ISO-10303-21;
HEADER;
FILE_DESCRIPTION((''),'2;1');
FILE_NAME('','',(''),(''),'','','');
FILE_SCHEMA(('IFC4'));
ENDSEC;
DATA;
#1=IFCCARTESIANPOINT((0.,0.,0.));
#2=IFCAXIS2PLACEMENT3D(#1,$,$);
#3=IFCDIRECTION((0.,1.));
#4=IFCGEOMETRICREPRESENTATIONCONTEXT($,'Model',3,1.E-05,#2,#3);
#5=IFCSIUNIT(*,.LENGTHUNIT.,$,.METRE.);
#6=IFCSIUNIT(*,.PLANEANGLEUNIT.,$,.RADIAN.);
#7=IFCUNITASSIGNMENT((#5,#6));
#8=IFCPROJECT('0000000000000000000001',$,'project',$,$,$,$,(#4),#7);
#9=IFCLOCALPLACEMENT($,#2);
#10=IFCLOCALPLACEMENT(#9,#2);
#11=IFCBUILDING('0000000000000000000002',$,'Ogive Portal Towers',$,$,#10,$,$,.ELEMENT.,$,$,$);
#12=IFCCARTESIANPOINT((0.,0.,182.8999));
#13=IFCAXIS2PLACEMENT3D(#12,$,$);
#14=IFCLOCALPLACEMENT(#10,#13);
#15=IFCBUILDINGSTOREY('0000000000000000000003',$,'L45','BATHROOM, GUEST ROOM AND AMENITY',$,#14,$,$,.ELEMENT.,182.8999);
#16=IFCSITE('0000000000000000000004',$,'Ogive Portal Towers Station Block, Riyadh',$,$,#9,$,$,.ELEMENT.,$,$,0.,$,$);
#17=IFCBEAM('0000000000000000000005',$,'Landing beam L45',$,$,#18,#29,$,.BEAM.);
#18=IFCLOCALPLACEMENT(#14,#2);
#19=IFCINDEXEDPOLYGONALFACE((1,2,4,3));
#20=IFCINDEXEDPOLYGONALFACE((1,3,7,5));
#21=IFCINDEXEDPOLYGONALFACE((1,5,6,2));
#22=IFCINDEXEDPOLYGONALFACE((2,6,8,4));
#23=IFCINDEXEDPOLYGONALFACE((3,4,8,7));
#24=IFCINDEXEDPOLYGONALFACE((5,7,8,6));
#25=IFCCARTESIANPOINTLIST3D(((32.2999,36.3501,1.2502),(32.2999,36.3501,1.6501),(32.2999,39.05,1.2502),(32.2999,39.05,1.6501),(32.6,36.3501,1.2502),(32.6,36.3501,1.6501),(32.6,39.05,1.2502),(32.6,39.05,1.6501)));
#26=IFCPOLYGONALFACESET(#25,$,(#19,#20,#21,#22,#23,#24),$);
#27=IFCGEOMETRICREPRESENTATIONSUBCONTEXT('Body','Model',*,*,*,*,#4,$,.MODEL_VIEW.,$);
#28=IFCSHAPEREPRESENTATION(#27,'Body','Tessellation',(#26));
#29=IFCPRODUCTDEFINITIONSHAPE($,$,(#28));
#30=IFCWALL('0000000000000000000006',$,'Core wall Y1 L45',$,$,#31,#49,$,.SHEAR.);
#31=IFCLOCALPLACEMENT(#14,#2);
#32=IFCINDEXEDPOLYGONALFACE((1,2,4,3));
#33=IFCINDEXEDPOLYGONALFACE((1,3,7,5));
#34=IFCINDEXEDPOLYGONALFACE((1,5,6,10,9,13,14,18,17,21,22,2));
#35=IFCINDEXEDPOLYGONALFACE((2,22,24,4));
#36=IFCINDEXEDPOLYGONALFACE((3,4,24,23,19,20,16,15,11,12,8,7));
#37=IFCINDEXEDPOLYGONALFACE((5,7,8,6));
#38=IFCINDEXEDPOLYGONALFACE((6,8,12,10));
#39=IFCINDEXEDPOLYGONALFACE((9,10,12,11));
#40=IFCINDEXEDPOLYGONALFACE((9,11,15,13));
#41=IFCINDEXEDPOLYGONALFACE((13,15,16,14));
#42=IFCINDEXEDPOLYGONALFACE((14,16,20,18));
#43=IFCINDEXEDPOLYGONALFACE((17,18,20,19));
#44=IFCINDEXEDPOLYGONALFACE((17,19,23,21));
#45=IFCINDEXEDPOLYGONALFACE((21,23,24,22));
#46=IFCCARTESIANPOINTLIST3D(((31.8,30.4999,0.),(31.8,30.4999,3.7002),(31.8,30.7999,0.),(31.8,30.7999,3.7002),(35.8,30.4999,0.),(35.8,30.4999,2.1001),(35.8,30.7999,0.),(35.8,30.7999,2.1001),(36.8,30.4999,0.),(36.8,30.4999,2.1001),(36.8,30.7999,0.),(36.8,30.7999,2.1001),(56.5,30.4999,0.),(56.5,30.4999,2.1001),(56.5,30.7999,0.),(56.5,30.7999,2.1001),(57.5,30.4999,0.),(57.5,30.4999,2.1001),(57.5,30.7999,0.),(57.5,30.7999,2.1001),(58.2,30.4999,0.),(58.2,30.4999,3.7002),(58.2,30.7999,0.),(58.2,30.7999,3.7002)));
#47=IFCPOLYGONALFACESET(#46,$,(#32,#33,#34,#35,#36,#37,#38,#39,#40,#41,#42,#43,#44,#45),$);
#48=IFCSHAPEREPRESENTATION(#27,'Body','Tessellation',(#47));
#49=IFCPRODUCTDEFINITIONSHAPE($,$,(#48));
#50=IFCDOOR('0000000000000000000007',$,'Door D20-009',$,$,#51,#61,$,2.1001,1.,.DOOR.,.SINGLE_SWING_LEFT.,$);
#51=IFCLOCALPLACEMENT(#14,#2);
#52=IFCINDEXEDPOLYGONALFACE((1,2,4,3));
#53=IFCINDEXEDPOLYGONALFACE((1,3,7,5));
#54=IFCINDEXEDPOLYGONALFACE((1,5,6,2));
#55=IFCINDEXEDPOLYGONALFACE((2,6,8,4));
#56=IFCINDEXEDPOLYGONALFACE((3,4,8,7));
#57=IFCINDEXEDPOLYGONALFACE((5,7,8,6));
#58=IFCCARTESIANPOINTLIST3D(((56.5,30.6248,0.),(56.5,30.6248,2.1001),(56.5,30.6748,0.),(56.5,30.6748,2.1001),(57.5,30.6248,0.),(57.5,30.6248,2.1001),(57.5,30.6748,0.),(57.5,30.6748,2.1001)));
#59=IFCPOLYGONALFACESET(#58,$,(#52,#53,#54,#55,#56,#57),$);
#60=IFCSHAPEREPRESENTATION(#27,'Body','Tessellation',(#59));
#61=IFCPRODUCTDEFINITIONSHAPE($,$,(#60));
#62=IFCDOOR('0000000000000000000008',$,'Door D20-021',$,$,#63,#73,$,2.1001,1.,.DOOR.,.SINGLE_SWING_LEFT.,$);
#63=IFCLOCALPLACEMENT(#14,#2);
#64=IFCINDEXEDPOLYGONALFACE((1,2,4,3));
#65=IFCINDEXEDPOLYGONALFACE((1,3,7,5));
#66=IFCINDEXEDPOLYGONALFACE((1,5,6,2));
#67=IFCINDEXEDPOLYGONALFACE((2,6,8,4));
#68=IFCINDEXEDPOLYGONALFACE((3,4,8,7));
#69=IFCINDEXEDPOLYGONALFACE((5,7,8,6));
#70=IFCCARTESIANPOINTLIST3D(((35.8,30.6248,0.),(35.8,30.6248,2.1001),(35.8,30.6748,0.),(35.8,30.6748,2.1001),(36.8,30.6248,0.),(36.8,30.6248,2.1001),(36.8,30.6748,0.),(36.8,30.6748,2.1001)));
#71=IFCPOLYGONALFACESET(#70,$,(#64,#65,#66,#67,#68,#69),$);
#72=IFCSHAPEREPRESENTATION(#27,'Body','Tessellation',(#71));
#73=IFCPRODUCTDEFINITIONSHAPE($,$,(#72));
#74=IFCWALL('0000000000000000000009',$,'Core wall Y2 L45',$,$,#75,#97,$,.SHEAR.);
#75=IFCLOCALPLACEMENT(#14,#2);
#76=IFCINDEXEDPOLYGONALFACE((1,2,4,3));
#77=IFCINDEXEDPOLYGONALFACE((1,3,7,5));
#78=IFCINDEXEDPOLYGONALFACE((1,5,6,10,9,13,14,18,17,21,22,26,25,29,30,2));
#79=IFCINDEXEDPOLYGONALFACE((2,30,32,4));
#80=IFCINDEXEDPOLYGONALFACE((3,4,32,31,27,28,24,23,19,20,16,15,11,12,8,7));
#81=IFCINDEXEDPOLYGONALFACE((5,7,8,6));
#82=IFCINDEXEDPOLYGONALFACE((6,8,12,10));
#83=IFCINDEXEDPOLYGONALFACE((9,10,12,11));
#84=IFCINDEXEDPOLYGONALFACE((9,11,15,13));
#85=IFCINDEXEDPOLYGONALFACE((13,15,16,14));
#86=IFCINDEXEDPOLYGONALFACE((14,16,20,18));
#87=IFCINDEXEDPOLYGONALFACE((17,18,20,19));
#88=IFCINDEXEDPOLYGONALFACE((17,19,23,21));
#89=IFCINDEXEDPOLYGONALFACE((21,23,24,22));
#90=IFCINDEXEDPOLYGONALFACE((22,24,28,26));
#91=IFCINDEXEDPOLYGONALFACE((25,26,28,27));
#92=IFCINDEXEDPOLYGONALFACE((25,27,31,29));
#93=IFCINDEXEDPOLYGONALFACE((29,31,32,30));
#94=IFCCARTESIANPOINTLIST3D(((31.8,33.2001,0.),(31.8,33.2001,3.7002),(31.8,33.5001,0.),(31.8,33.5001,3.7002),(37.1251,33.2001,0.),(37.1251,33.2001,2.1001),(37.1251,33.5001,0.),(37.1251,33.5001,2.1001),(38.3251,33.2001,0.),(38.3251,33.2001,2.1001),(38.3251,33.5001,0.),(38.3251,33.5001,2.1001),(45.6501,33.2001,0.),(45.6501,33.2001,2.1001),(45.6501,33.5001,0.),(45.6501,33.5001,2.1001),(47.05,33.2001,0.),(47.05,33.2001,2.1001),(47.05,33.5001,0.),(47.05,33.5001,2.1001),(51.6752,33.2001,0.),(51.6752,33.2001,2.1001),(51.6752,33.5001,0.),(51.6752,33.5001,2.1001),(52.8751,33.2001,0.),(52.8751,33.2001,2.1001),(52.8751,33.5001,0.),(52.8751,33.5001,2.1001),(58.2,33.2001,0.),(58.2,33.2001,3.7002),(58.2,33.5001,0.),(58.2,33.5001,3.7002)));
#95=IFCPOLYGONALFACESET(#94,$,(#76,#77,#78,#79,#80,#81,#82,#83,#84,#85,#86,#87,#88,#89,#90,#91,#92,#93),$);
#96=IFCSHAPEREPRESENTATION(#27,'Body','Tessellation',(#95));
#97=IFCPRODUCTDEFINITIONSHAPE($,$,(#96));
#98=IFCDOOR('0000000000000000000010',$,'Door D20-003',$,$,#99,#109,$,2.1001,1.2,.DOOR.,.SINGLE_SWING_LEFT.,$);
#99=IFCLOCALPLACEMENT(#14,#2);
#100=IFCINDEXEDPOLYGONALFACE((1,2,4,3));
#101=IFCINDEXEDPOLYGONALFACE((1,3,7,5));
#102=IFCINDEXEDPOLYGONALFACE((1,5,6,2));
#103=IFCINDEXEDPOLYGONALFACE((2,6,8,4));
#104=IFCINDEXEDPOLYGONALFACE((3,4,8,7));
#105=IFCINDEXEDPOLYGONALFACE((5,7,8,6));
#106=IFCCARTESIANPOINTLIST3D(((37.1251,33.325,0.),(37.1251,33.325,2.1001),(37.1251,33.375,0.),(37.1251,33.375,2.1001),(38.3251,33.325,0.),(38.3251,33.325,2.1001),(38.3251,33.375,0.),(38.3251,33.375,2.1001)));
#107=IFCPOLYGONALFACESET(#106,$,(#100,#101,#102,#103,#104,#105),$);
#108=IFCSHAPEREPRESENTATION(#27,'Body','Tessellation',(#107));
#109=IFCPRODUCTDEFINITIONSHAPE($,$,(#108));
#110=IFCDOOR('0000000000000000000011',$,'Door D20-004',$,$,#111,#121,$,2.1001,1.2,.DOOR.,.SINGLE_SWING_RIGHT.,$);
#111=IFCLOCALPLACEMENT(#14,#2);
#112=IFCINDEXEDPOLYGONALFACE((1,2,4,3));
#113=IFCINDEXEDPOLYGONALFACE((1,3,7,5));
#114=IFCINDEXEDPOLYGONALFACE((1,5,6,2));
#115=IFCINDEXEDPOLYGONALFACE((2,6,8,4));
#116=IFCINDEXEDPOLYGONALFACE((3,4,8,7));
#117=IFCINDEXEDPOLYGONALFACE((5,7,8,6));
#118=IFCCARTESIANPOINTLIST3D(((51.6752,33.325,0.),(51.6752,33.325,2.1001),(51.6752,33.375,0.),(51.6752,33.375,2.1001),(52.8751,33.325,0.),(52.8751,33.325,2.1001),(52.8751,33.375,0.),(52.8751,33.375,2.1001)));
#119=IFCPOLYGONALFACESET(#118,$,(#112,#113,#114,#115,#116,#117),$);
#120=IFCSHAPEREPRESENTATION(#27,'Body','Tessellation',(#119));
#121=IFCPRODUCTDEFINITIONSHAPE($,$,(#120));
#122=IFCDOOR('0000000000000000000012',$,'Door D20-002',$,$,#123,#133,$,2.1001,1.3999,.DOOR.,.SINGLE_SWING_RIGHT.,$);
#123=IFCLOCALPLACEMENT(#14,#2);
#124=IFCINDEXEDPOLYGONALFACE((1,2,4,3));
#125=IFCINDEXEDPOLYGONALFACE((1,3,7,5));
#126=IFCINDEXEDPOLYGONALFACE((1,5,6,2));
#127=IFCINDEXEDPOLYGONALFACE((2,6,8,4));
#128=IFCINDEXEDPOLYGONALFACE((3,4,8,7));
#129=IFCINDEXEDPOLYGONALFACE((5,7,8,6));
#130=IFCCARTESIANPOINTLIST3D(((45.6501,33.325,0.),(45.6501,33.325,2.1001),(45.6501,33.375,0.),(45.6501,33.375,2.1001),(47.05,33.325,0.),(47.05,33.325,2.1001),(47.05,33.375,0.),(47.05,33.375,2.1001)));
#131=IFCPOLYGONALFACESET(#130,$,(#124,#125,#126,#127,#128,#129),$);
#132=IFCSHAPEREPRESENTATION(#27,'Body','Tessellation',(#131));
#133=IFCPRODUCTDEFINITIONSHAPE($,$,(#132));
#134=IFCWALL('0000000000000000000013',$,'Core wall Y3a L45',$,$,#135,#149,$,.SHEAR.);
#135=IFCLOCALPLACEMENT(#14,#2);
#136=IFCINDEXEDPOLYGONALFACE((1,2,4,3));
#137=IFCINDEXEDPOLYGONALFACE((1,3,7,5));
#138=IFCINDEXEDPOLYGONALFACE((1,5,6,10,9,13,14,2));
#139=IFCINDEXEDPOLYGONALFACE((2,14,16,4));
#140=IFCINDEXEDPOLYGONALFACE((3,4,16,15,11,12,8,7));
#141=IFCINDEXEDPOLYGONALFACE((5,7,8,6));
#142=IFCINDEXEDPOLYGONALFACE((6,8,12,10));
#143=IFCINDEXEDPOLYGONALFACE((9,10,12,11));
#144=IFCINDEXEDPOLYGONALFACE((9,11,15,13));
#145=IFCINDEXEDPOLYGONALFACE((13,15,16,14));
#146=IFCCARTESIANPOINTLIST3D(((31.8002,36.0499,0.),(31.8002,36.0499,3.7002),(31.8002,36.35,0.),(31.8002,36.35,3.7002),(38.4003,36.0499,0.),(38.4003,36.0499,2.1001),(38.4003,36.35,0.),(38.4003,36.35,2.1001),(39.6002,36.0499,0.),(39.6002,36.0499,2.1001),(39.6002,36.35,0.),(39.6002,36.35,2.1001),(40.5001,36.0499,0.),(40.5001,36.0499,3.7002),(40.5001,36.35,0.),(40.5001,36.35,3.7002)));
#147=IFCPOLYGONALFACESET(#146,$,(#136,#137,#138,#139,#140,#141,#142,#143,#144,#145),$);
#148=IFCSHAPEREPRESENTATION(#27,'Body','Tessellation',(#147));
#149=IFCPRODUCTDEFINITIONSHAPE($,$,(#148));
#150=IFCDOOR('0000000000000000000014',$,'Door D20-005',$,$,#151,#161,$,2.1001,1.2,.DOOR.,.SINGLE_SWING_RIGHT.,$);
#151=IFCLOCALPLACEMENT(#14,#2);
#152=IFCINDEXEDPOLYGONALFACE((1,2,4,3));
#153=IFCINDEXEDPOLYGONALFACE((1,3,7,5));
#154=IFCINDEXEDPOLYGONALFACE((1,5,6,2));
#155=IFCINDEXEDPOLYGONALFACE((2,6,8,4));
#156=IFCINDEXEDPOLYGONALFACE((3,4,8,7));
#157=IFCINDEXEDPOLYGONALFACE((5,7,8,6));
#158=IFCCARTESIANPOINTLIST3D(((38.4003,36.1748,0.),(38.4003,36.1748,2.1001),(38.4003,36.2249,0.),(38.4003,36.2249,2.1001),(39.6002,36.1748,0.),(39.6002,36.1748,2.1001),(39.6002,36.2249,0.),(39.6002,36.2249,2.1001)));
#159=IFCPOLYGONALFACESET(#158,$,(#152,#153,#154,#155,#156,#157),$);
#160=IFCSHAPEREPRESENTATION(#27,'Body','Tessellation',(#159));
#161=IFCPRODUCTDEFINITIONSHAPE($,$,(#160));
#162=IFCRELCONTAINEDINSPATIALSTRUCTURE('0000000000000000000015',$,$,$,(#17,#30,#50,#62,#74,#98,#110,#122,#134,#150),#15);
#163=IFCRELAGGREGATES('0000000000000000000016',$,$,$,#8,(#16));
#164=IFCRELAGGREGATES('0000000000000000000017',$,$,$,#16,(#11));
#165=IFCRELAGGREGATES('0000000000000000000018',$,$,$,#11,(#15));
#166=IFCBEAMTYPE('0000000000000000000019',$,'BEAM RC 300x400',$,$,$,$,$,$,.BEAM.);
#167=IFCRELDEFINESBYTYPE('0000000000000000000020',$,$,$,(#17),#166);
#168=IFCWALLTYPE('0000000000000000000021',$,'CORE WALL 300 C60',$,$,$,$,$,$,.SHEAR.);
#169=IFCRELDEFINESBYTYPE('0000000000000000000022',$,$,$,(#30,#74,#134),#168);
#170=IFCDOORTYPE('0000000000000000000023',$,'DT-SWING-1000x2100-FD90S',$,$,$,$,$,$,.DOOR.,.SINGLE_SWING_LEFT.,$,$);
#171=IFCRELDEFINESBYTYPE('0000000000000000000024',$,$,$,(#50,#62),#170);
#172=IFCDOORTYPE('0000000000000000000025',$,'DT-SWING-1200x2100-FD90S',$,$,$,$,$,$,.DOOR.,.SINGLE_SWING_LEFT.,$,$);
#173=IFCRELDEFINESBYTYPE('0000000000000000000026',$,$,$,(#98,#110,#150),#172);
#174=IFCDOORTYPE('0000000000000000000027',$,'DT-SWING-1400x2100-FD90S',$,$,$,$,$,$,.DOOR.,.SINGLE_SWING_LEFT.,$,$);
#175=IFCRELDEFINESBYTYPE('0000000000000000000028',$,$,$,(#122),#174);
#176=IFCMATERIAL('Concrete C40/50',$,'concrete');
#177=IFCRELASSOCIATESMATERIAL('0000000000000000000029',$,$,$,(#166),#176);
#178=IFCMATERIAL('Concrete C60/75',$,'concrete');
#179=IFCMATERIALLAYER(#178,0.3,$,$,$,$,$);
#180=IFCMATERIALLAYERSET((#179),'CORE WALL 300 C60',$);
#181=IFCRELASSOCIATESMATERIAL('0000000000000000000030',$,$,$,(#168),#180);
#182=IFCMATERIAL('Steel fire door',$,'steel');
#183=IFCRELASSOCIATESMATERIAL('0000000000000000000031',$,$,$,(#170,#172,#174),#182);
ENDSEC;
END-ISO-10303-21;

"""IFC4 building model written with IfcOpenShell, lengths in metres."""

from ifc_helpers import new_model, si_unit, direction, frame, frame_2d, origin, origin_2d, place, context, subcontext, project, spatial, rectangle, extrude, material, layer, layer_set, material_profile, profile_set, type_object, element, fill, save


model = new_model("IFC4")

# Units and contexts
model_context = context("Model", 3, precision=1e-05, world=origin(), true_north=direction((0.0, 1.0)))
body_context = subcontext(model_context, "Body", "Model", "MODEL_VIEW")
ifc_project = project(units=[si_unit("LENGTHUNIT", "METRE"), si_unit("PLANEANGLEUNIT", "RADIAN")], contexts=[model_context])

# Site, building, storey
site_placement = place(None, origin())
site = spatial("IfcSite", under=ifc_project, at=site_placement, Name="Ogive Portal Towers Station Block, Riyadh", CompositionType="ELEMENT", RefElevation=0.0)
building_placement = place(site_placement, origin())
building = spatial("IfcBuilding", under=site, at=building_placement, Name="Ogive Portal Towers", CompositionType="ELEMENT")
storey_placement = place(building_placement, frame((0.0, 0.0, 182.8999)))
storey = spatial("IfcBuildingStorey", under=building, at=storey_placement, Name="L45", Description="BATHROOM, GUEST ROOM AND AMENITY", CompositionType="ELEMENT", Elevation=182.8999)

# Beam
ifc_material_1 = material(Name="Concrete C40/50", Category="concrete")
ifc_material_profile = material_profile(ifc_material_1, rectangle(XDim=0.3, YDim=0.3999, at=origin_2d()), Name="RC 300x400")
ifc_profile_set = profile_set([ifc_material_profile], Name="Concrete C40/50")
beam_type = type_object("IfcBeamType", Name="BEAM RC 300x400", PredefinedType="BEAM", material=ifc_profile_set)
beam_placement = place(storey_placement, frame((32.45, 36.3501, 1.4502), z_axis=(0.0, 1.0, 0.0), x_axis=(-1.0, 0.0, 0.0)))
element("IfcBeam", 1, at=beam_placement, inside=storey, type_object=beam_type, Name="Landing beam L45", PredefinedType="BEAM", context=body_context, shape_type="SweptSolid", body=[
    extrude(rectangle(XDim=0.3, YDim=0.3999, at=origin_2d()), origin(), (0.0, 0.0, 1.0), 2.7),
])

# Walls, openings, doors
ifc_material_2 = material(Name="Concrete C60/75", Category="concrete")
ifc_layer_1 = layer(ifc_material_2, 0.3)
ifc_layer_set_1 = layer_set([ifc_layer_1], Name="CORE WALL 300 C60")
wall_type_1 = type_object("IfcWallType", Name="CORE WALL 300 C60", PredefinedType="SHEAR", material=ifc_layer_set_1)
wall_1_placement = place(storey_placement, frame((31.8, 30.6499, 0.0), z_axis=(0.0, 0.0, 1.0), x_axis=(1.0, 0.0, 0.0)))
wall_1 = element("IfcWall", 2, at=wall_1_placement, inside=storey, type_object=wall_type_1, Name="Core wall Y1 L45", PredefinedType="SHEAR", context=body_context, shape_type="SweptSolid", body=[
    extrude(rectangle(XDim=26.3999, YDim=0.3, at=frame_2d((13.2, 0.0))), origin(), (0.0, 0.0, 1.0), 3.7002),
])
opening_1_placement = place(wall_1_placement, frame((24.7, 0.0, 0.0)))
opening_1 = element("IfcOpeningElement", 3, at=opening_1_placement, cuts=wall_1, PredefinedType="OPENING", context=body_context, shape_type="SweptSolid", body=[
    extrude(rectangle(XDim=1.0, YDim=2.1001, at=frame_2d((0.5, 1.05))), frame((0.0, 0.1602, 0.0), z_axis=(0.0, -1.0, 0.0), x_axis=(1.0, 0.0, 0.0)), (0.0, 0.0, 1.0), 0.3201),
])
opening_2_placement = place(wall_1_placement, frame((4.0, 0.0, 0.0)))
opening_2 = element("IfcOpeningElement", 4, at=opening_2_placement, cuts=wall_1, PredefinedType="OPENING", context=body_context, shape_type="SweptSolid", body=[
    extrude(rectangle(XDim=1.0, YDim=2.1001, at=frame_2d((0.5, 1.05))), frame((0.0, 0.1602, 0.0), z_axis=(0.0, -1.0, 0.0), x_axis=(1.0, 0.0, 0.0)), (0.0, 0.0, 1.0), 0.3201),
])
ifc_material_3 = material(Name="Steel fire door", Category="steel")
door_type_1 = type_object("IfcDoorType", Name="DT-SWING-1000x2100-FD90S", OperationType="SINGLE_SWING_LEFT", PredefinedType="DOOR", material=ifc_material_3)
door_1_placement = place(opening_1_placement, origin())
door_1 = element("IfcDoor", 5, at=door_1_placement, inside=storey, type_object=door_type_1, Name="Door D20-009", OperationType="SINGLE_SWING_LEFT", OverallHeight=2.1001, OverallWidth=1.0, PredefinedType="DOOR", context=body_context, shape_type="SweptSolid", body=[
    extrude(rectangle(XDim=1.0, YDim=2.1001, at=frame_2d((0.5, 1.05))), frame((0.0, 0.0249, 0.0), z_axis=(0.0, -1.0, 0.0), x_axis=(1.0, 0.0, 0.0)), (0.0, 0.0, 1.0), 0.05),
])
fill(opening_1, door_1)
door_2_placement = place(opening_2_placement, origin())
door_2 = element("IfcDoor", 6, at=door_2_placement, inside=storey, type_object=door_type_1, Name="Door D20-021", OperationType="SINGLE_SWING_LEFT", OverallHeight=2.1001, OverallWidth=1.0, PredefinedType="DOOR", context=body_context, shape_type="SweptSolid", body=[
    extrude(rectangle(XDim=1.0, YDim=2.1001, at=frame_2d((0.5, 1.05))), frame((0.0, 0.0249, 0.0), z_axis=(0.0, -1.0, 0.0), x_axis=(1.0, 0.0, 0.0)), (0.0, 0.0, 1.0), 0.05),
])
fill(opening_2, door_2)
wall_2_placement = place(storey_placement, frame((31.8, 33.3501, 0.0), z_axis=(0.0, 0.0, 1.0), x_axis=(1.0, 0.0, 0.0)))
wall_2 = element("IfcWall", 7, at=wall_2_placement, inside=storey, type_object=wall_type_1, Name="Core wall Y2 L45", PredefinedType="SHEAR", context=body_context, shape_type="SweptSolid", body=[
    extrude(rectangle(XDim=26.3999, YDim=0.3, at=frame_2d((13.2, 0.0))), origin(), (0.0, 0.0, 1.0), 3.7002),
])
opening_3_placement = place(wall_2_placement, frame((13.8501, 0.0, 0.0)))
opening_3 = element("IfcOpeningElement", 8, at=opening_3_placement, cuts=wall_2, PredefinedType="OPENING", context=body_context, shape_type="SweptSolid", body=[
    extrude(rectangle(XDim=1.3999, YDim=2.1001, at=frame_2d((0.7, 1.05))), frame((0.0, 0.1602, 0.0), z_axis=(0.0, -1.0, 0.0), x_axis=(1.0, 0.0, 0.0)), (0.0, 0.0, 1.0), 0.3201),
])
opening_4_placement = place(wall_2_placement, frame((5.325, 0.0, 0.0)))
opening_4 = element("IfcOpeningElement", 9, at=opening_4_placement, cuts=wall_2, PredefinedType="OPENING", context=body_context, shape_type="SweptSolid", body=[
    extrude(rectangle(XDim=1.2, YDim=2.1001, at=frame_2d((0.6001, 1.05))), frame((0.0, 0.1602, 0.0), z_axis=(0.0, -1.0, 0.0), x_axis=(1.0, 0.0, 0.0)), (0.0, 0.0, 1.0), 0.3201),
])
opening_5_placement = place(wall_2_placement, frame((19.875, 0.0, 0.0)))
opening_5 = element("IfcOpeningElement", 10, at=opening_5_placement, cuts=wall_2, PredefinedType="OPENING", context=body_context, shape_type="SweptSolid", body=[
    extrude(rectangle(XDim=1.2, YDim=2.1001, at=frame_2d((0.6001, 1.05))), frame((0.0, 0.1602, 0.0), z_axis=(0.0, -1.0, 0.0), x_axis=(1.0, 0.0, 0.0)), (0.0, 0.0, 1.0), 0.3201),
])
door_type_2 = type_object("IfcDoorType", Name="DT-SWING-1200x2100-FD90S", OperationType="SINGLE_SWING_LEFT", PredefinedType="DOOR", material=ifc_material_3)
door_3_placement = place(opening_4_placement, origin())
door_3 = element("IfcDoor", 11, at=door_3_placement, inside=storey, type_object=door_type_2, Name="Door D20-003", OperationType="SINGLE_SWING_LEFT", OverallHeight=2.1001, OverallWidth=1.2, PredefinedType="DOOR", context=body_context, shape_type="SweptSolid", body=[
    extrude(rectangle(XDim=1.2, YDim=2.1001, at=frame_2d((0.6001, 1.05))), frame((0.0, 0.0249, 0.0), z_axis=(0.0, -1.0, 0.0), x_axis=(1.0, 0.0, 0.0)), (0.0, 0.0, 1.0), 0.05),
])
fill(opening_4, door_3)
door_4_placement = place(opening_5_placement, origin())
door_4 = element("IfcDoor", 12, at=door_4_placement, inside=storey, type_object=door_type_2, Name="Door D20-004", OperationType="SINGLE_SWING_RIGHT", OverallHeight=2.1001, OverallWidth=1.2, PredefinedType="DOOR", context=body_context, shape_type="SweptSolid", body=[
    extrude(rectangle(XDim=1.2, YDim=2.1001, at=frame_2d((0.6001, 1.05))), frame((0.0, 0.0249, 0.0), z_axis=(0.0, -1.0, 0.0), x_axis=(1.0, 0.0, 0.0)), (0.0, 0.0, 1.0), 0.05),
])
fill(opening_5, door_4)
door_type_3 = type_object("IfcDoorType", Name="DT-SWING-1400x2100-FD90S", OperationType="SINGLE_SWING_LEFT", PredefinedType="DOOR", material=ifc_material_3)
door_5_placement = place(opening_3_placement, origin())
door_5 = element("IfcDoor", 13, at=door_5_placement, inside=storey, type_object=door_type_3, Name="Door D20-002", OperationType="SINGLE_SWING_RIGHT", OverallHeight=2.1001, OverallWidth=1.3999, PredefinedType="DOOR", context=body_context, shape_type="SweptSolid", body=[
    extrude(rectangle(XDim=1.3999, YDim=2.1001, at=frame_2d((0.7, 1.05))), frame((0.0, 0.0249, 0.0), z_axis=(0.0, -1.0, 0.0), x_axis=(1.0, 0.0, 0.0)), (0.0, 0.0, 1.0), 0.05),
])
fill(opening_3, door_5)

# Wall, opening, door
wall_3_placement = place(storey_placement, frame((31.8, 36.2, 0.0), z_axis=(0.0, 0.0, 1.0), x_axis=(1.0, 0.0, 0.0)))
wall_3 = element("IfcWall", 14, at=wall_3_placement, inside=storey, type_object=wall_type_1, Name="Core wall Y3a L45", PredefinedType="SHEAR", context=body_context, shape_type="SweptSolid", body=[
    extrude(rectangle(XDim=8.7, YDim=0.3, at=frame_2d((4.3501, 0.0))), origin(), (0.0, 0.0, 1.0), 3.7002),
])
opening_6_placement = place(wall_3_placement, frame((6.6001, 0.0, 0.0)))
opening_6 = element("IfcOpeningElement", 15, at=opening_6_placement, cuts=wall_3, PredefinedType="OPENING", context=body_context, shape_type="SweptSolid", body=[
    extrude(rectangle(XDim=1.2, YDim=2.1001, at=frame_2d((0.6001, 1.05))), frame((0.0, 0.1602, 0.0), z_axis=(0.0, -1.0, 0.0), x_axis=(1.0, 0.0, 0.0)), (0.0, 0.0, 1.0), 0.3201),
])
door_6_placement = place(opening_6_placement, origin())
door_6 = element("IfcDoor", 16, at=door_6_placement, inside=storey, type_object=door_type_2, Name="Door D20-005", OperationType="SINGLE_SWING_RIGHT", OverallHeight=2.1001, OverallWidth=1.2, PredefinedType="DOOR", context=body_context, shape_type="SweptSolid", body=[
    extrude(rectangle(XDim=1.2, YDim=2.1001, at=frame_2d((0.6001, 1.05))), frame((0.0, 0.0249, 0.0), z_axis=(0.0, -1.0, 0.0), x_axis=(1.0, 0.0, 0.0)), (0.0, 0.0, 1.0), 0.05),
])
fill(opening_6, door_6)

save(model, "model.ifc")
